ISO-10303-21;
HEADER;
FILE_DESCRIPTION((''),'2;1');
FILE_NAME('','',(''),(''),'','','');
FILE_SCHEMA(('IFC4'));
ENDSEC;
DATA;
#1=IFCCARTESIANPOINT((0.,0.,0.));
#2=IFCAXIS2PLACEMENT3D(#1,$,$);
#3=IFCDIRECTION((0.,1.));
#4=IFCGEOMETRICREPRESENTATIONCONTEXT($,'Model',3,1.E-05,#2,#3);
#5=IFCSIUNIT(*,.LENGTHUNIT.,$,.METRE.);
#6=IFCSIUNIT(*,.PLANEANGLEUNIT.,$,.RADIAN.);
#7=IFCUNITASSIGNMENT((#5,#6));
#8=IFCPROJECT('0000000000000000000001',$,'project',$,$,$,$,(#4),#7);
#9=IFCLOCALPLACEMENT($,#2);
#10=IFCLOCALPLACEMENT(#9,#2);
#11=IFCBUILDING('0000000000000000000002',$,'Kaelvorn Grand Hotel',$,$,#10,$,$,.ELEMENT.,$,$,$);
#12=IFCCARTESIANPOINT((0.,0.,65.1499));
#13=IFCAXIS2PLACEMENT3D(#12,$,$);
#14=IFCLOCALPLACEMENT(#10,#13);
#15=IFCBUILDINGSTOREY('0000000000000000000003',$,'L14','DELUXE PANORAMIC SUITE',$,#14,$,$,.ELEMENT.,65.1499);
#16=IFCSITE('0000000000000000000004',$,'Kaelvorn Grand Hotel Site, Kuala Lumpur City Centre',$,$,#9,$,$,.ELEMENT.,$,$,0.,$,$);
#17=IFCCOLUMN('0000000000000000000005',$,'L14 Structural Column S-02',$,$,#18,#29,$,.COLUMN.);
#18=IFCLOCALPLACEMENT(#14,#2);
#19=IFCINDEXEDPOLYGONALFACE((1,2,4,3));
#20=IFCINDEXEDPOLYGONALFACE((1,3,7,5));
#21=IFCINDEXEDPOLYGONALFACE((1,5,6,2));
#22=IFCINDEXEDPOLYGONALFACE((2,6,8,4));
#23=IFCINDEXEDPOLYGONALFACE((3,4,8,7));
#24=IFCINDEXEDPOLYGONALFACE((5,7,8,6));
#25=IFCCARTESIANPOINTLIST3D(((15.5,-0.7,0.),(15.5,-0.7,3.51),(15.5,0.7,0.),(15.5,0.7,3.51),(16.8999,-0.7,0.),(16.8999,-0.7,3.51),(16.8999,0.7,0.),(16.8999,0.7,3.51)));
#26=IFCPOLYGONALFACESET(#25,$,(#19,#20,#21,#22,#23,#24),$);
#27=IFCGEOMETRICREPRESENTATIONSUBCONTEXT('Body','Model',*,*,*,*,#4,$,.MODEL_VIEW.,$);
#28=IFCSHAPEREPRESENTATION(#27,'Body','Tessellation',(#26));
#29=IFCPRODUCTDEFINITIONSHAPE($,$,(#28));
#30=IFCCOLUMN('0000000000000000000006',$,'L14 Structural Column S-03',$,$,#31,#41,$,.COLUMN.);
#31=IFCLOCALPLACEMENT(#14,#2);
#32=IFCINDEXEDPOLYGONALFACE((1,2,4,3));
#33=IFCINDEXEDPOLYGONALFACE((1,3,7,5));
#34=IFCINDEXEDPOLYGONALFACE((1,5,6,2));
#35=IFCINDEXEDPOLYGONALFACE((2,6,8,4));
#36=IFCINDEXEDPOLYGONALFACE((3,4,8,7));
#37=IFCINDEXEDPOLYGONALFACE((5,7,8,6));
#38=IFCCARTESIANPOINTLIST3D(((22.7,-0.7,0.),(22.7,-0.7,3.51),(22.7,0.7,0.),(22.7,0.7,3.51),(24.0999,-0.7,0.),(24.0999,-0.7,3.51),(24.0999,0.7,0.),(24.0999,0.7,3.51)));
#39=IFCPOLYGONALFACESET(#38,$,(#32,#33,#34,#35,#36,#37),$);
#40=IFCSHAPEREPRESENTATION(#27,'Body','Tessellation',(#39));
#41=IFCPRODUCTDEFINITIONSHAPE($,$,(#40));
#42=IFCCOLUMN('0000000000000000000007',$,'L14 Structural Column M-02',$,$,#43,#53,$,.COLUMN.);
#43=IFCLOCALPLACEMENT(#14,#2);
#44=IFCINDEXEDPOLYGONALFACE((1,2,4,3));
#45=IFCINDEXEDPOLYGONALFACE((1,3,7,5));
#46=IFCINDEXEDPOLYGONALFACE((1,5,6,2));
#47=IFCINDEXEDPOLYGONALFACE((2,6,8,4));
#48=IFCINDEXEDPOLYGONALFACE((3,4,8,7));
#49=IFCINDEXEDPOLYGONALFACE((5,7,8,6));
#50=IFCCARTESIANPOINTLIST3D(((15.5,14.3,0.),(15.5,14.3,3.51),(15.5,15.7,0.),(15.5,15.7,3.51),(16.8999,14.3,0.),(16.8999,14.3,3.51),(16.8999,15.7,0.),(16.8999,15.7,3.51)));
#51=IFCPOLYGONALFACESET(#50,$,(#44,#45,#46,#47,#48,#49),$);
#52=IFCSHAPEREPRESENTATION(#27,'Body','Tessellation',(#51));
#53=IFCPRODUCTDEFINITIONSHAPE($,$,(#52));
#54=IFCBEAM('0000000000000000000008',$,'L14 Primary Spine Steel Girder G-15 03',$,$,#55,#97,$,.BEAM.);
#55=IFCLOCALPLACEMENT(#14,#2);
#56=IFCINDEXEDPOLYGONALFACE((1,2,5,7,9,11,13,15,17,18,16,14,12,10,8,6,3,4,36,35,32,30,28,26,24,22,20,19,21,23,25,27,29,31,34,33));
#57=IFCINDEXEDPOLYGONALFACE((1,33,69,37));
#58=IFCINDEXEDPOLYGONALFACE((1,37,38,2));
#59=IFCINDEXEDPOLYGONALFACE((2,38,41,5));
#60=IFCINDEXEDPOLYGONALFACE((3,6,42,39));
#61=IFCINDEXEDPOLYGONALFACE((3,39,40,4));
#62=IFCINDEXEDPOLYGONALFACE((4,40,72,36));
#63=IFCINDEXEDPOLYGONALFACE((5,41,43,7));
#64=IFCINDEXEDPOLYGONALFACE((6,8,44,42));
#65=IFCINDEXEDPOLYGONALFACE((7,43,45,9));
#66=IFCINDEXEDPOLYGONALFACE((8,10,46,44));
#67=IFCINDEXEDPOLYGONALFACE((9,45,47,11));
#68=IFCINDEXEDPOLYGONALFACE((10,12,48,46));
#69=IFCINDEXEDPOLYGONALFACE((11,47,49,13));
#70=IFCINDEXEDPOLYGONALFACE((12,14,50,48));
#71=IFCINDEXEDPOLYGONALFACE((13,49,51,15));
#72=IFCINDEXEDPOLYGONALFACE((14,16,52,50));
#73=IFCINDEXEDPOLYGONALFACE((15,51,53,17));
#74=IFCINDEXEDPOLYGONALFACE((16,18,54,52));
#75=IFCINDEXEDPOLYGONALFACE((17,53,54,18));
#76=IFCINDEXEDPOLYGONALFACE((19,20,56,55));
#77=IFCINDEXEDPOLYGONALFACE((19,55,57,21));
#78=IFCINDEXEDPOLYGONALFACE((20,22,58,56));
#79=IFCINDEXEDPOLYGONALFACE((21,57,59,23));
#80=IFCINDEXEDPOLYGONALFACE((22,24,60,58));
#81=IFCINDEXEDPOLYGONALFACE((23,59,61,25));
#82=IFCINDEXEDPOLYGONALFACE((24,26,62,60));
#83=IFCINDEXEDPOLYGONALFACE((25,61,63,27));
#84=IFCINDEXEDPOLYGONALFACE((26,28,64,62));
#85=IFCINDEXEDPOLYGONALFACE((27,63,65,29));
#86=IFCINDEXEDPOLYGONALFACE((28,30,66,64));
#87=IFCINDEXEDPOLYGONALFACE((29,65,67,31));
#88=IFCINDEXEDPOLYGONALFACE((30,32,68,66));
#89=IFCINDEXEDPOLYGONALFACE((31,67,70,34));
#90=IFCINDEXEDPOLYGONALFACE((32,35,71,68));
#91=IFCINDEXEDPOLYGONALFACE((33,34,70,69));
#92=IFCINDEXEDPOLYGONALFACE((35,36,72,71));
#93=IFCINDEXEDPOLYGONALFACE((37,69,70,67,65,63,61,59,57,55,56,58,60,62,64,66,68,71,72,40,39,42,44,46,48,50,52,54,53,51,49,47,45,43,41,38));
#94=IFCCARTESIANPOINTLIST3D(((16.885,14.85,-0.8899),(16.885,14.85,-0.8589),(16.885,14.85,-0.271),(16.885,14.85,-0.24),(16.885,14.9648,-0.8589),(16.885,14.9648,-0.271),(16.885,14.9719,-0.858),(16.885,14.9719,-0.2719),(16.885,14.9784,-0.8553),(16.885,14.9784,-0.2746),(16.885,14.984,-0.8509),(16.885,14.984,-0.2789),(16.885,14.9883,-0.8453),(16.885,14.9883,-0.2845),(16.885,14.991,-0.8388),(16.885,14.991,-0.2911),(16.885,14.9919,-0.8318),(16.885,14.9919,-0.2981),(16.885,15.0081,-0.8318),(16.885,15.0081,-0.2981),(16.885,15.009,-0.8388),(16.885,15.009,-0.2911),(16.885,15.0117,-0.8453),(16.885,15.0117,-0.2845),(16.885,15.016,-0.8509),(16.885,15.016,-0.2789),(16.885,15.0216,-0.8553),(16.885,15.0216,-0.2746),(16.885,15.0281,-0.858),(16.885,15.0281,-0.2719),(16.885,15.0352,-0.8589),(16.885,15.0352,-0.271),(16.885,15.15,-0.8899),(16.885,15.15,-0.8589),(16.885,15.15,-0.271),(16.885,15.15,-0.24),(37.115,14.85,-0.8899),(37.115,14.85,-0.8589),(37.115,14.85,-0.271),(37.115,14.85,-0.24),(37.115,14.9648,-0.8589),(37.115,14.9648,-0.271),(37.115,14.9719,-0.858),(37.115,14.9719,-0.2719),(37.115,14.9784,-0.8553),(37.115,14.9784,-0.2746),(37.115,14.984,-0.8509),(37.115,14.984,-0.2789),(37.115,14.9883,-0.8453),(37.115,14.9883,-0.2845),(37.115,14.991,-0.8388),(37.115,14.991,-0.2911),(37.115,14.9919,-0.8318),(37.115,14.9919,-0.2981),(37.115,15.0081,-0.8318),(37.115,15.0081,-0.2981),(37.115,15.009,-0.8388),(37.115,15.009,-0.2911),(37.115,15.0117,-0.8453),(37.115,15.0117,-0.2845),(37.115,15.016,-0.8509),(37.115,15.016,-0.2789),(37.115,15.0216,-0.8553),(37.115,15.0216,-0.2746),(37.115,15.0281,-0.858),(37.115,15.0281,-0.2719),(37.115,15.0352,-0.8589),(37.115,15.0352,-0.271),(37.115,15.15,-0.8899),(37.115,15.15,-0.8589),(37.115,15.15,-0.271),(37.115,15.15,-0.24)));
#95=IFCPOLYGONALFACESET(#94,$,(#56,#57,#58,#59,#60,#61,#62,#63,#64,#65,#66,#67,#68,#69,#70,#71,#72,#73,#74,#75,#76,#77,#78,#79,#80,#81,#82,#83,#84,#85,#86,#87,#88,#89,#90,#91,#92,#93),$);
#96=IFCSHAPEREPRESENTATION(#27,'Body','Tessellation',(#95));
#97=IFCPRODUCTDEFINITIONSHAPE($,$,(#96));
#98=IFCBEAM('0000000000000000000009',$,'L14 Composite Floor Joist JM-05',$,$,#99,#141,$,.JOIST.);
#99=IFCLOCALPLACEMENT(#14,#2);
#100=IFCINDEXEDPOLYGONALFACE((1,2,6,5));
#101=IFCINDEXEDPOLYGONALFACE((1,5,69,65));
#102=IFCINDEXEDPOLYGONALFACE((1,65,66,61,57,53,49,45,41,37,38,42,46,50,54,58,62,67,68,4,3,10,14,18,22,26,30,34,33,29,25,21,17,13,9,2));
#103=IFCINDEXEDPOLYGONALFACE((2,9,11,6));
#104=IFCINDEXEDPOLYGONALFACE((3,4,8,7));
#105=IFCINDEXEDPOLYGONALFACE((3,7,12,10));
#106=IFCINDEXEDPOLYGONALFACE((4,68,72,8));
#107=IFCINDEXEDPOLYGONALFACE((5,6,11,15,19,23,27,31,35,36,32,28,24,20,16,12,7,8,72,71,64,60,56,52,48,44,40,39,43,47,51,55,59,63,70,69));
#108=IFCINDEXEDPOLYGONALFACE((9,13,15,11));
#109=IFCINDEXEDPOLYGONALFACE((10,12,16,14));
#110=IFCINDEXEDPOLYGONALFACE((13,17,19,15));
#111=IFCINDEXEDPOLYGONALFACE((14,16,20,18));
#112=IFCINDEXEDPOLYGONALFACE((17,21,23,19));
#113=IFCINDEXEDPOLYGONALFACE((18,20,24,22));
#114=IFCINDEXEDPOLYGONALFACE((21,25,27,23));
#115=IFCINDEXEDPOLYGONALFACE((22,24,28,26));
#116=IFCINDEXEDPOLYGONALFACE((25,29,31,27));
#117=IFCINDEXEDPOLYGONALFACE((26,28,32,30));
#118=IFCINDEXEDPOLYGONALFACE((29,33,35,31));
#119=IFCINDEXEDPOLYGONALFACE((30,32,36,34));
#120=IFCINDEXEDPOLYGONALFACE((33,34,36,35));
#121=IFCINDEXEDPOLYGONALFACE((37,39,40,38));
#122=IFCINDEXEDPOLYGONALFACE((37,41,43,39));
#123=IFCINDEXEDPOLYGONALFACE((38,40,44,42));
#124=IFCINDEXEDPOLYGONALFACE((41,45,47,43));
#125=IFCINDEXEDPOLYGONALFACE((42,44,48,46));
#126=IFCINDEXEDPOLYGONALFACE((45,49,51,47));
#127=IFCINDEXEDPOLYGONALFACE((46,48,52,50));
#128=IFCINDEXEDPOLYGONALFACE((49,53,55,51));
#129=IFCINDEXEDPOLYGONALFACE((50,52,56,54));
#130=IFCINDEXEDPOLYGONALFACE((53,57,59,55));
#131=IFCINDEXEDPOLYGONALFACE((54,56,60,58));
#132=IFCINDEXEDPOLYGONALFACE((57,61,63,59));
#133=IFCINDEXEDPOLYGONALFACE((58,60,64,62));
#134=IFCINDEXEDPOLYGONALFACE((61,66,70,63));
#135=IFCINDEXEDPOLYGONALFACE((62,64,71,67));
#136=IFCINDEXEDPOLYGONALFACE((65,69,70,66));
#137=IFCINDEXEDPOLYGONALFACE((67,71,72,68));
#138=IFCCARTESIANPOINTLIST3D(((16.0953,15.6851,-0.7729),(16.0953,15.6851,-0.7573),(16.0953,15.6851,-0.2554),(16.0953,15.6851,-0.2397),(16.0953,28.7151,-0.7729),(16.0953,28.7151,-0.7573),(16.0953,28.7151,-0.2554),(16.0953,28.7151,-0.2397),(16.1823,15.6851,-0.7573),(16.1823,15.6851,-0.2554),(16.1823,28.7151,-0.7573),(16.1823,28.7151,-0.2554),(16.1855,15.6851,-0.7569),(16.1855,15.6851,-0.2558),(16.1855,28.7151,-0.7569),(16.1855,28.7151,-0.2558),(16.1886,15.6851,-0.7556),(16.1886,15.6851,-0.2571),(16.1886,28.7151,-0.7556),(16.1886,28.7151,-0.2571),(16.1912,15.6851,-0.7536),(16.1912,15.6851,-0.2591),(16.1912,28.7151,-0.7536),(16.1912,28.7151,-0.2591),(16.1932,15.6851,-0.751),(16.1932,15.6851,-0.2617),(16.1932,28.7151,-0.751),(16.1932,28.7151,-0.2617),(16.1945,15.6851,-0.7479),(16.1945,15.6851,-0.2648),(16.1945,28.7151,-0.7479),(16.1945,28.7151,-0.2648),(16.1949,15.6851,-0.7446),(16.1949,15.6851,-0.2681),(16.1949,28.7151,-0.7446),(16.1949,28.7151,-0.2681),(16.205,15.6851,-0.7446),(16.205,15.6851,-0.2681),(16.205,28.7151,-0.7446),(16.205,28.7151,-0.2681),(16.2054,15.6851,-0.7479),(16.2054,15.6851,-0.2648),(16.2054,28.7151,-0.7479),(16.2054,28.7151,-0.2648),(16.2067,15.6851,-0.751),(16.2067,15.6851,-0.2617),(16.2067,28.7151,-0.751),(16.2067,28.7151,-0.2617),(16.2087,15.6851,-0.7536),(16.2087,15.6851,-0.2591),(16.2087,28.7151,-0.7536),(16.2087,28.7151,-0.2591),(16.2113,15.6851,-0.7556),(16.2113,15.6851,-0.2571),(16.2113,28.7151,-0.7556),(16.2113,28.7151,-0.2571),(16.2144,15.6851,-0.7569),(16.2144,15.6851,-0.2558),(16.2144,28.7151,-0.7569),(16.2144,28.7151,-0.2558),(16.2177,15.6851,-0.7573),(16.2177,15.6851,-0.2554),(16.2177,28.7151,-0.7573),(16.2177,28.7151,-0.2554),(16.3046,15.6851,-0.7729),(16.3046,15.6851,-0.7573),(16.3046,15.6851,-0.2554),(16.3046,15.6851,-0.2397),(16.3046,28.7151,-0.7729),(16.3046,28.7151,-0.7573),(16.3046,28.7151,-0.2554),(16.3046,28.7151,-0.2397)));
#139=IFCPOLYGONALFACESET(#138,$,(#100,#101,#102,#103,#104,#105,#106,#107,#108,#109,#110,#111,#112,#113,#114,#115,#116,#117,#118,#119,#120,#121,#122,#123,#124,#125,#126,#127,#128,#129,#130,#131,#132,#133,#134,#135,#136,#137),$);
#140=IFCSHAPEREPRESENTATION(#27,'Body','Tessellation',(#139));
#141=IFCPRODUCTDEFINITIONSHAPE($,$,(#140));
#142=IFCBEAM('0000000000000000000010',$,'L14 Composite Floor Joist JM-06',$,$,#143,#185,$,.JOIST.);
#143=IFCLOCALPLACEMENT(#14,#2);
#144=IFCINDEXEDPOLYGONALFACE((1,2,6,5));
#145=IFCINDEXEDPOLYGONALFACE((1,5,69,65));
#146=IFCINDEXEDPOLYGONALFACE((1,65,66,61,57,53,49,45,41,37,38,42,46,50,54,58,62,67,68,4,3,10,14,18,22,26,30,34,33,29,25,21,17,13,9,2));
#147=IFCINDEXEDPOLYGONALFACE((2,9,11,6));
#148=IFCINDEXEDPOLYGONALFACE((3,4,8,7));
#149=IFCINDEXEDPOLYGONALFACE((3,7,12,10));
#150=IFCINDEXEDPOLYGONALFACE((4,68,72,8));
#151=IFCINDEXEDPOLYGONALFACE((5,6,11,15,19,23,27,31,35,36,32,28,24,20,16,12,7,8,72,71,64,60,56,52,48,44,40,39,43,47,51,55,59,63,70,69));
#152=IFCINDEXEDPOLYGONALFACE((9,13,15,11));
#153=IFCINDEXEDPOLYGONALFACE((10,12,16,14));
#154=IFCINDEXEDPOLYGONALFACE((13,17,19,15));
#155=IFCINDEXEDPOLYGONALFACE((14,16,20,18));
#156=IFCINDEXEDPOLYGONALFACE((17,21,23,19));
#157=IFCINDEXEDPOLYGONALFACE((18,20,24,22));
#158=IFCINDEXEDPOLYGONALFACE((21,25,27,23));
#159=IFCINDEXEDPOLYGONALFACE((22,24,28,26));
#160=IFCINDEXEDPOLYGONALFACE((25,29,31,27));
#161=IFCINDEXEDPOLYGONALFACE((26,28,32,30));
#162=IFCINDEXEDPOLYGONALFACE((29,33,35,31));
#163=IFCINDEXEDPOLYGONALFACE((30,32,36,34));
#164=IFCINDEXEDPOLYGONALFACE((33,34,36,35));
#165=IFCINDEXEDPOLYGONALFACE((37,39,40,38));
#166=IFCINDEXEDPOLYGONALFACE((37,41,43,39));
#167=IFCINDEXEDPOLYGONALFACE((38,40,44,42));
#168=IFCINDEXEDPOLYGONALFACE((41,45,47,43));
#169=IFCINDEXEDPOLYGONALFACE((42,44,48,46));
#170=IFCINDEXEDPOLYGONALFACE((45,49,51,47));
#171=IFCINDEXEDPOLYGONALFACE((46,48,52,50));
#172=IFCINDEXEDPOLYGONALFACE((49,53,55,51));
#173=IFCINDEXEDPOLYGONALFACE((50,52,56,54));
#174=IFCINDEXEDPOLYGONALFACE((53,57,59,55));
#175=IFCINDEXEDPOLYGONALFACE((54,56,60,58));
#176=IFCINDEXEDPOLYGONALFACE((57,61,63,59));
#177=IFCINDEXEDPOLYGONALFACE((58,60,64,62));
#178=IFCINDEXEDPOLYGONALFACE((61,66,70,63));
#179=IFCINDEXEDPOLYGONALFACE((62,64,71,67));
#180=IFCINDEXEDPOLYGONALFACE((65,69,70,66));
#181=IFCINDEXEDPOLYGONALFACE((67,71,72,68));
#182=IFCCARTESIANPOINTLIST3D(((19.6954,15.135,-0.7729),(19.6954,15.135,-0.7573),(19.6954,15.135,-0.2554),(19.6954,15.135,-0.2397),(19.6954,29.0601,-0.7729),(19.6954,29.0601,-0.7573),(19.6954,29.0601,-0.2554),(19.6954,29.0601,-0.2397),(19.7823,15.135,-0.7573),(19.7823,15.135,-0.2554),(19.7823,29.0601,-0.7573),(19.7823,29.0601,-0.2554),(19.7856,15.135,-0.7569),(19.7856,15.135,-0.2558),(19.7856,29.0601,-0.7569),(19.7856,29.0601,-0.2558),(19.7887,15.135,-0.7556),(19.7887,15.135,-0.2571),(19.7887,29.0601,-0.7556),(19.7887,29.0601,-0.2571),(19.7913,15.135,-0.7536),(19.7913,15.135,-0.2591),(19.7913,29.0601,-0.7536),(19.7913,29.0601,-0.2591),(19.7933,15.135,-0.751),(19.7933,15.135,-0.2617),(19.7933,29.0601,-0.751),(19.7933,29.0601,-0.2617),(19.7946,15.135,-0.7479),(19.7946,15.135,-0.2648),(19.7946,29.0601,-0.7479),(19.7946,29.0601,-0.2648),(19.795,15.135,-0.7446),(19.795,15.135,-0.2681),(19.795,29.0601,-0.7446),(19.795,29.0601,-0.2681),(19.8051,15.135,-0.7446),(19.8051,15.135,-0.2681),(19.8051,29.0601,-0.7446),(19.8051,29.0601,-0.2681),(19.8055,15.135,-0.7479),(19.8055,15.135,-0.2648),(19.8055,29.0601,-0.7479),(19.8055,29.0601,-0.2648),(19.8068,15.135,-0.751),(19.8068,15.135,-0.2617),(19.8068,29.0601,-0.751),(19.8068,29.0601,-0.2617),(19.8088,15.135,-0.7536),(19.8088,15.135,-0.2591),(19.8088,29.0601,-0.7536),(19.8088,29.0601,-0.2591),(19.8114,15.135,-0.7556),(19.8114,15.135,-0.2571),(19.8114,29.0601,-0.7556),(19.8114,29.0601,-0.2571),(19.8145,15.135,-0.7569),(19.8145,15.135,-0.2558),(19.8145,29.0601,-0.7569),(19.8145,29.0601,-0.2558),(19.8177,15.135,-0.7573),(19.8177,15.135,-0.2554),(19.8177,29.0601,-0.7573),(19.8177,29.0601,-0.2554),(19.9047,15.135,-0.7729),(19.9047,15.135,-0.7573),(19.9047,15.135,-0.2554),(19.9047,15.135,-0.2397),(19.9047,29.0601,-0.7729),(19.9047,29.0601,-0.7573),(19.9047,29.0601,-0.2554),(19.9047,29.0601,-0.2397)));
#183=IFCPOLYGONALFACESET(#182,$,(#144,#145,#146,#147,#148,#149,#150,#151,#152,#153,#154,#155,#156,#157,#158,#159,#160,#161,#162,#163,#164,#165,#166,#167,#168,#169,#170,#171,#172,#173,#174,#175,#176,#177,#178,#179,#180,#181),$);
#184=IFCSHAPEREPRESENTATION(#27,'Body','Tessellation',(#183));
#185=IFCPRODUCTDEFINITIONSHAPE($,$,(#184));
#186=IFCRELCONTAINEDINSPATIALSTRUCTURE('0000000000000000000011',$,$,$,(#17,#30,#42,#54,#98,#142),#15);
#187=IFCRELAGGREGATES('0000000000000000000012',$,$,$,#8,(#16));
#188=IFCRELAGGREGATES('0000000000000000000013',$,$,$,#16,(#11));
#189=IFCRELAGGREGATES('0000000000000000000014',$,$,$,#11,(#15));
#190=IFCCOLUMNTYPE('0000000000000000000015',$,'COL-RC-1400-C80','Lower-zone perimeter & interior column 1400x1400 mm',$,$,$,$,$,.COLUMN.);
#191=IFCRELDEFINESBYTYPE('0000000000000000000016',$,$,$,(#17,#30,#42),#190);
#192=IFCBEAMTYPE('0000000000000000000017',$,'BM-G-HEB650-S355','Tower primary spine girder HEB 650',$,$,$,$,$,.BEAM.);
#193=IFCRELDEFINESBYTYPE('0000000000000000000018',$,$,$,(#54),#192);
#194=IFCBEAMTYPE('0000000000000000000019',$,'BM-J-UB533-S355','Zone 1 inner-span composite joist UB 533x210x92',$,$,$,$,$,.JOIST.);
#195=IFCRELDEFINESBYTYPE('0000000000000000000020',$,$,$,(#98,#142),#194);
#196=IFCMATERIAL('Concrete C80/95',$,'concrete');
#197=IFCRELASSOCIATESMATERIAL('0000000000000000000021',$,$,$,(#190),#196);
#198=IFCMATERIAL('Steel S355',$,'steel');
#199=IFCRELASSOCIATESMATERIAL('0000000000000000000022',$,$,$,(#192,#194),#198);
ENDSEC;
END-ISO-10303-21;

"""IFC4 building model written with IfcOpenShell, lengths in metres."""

from ifc_helpers import new_model, si_unit, direction, frame, origin, origin_2d, place, context, subcontext, project, spatial, rectangle, i_section, extrude, material, material_profile, profile_set, type_object, element, save


model = new_model("IFC4")

# Units and contexts
model_context = context("Model", 3, precision=1e-05, world=origin(), true_north=direction((0.0, 1.0)))
body_context = subcontext(model_context, "Body", "Model", "MODEL_VIEW")
ifc_project = project(units=[si_unit("LENGTHUNIT", "METRE"), si_unit("PLANEANGLEUNIT", "RADIAN")], contexts=[model_context])

# Site, building, storey
site_placement = place(None, origin())
site = spatial("IfcSite", under=ifc_project, at=site_placement, Name="Kaelvorn Grand Hotel Site, Kuala Lumpur City Centre", CompositionType="ELEMENT", RefElevation=0.0)
building_placement = place(site_placement, origin())
building = spatial("IfcBuilding", under=site, at=building_placement, Name="Kaelvorn Grand Hotel", CompositionType="ELEMENT")
storey_placement = place(building_placement, frame((0.0, 0.0, 65.1499)))
storey = spatial("IfcBuildingStorey", under=building, at=storey_placement, Name="L14", Description="DELUXE PANORAMIC SUITE", CompositionType="ELEMENT", Elevation=65.1499)

# Columns
ifc_material_1 = material(Name="Concrete C80/95", Category="concrete")
ifc_material_profile_1 = material_profile(ifc_material_1, rectangle(XDim=1.3999, YDim=1.3999, at=origin_2d()), Name="RC COL 1400x1400")
ifc_profile_set_1 = profile_set([ifc_material_profile_1], Name="Concrete C80/95")
column_type = type_object("IfcColumnType", Name="COL-RC-1400-C80", Description="Lower-zone perimeter & interior column 1400x1400 mm", PredefinedType="COLUMN", material=ifc_profile_set_1)
for number, where, z_axis, x_axis, name in (
    (1, (16.2, 0.0, 0.0), (0.0, 0.0, 1.0), (1.0, 0.0, 0.0), "L14 Structural Column S-02"),
    (2, (23.3999, 0.0, 0.0), (0.0, 0.0, 1.0), (1.0, 0.0, 0.0), "L14 Structural Column S-03"),
    (3, (16.2, 15.0, 0.0), (0.0, 0.0, 1.0), (1.0, 0.0, 0.0), "L14 Structural Column M-02"),
):
    element("IfcColumn", number, at=place(storey_placement, frame(where, z_axis=z_axis, x_axis=x_axis)), inside=storey, type_object=column_type, Name=name, PredefinedType="COLUMN", context=body_context, shape_type="SweptSolid", body=[
        extrude(rectangle(XDim=1.3999, YDim=1.3999, at=origin_2d()), origin(), (0.0, 0.0, 1.0), 3.51),
    ])

# Beams
ifc_material_2 = material(Name="Steel S355", Category="steel")
ifc_material_profile_2 = material_profile(ifc_material_2, i_section(OverallWidth=0.3, OverallDepth=0.6499, WebThickness=0.0161, FlangeThickness=0.031, FilletRadius=0.0271, at=origin_2d()), Name="HEB 650")
ifc_profile_set_2 = profile_set([ifc_material_profile_2], Name="Steel S355")
beam_type_1 = type_object("IfcBeamType", Name="BM-G-HEB650-S355", Description="Tower primary spine girder HEB 650", PredefinedType="BEAM", material=ifc_profile_set_2)
beam_1_placement = place(storey_placement, frame((16.885, 15.0, -0.5649), z_axis=(1.0, 0.0, 0.0), x_axis=(0.0, 1.0, 0.0)))
element("IfcBeam", 4, at=beam_1_placement, inside=storey, type_object=beam_type_1, Name="L14 Primary Spine Steel Girder G-15 03", PredefinedType="BEAM", context=body_context, shape_type="SweptSolid", body=[
    extrude(i_section(OverallWidth=0.3, OverallDepth=0.6499, WebThickness=0.0161, FlangeThickness=0.031, FilletRadius=0.0271, at=origin_2d()), origin(), (0.0, 0.0, 1.0), 20.23),
])
ifc_material_profile_3 = material_profile(ifc_material_2, i_section(OverallWidth=0.2092, OverallDepth=0.5332, WebThickness=0.01, FlangeThickness=0.0156, FilletRadius=0.0127, at=origin_2d()), Name="UB 533x210x92")
ifc_profile_set_3 = profile_set([ifc_material_profile_3], Name="Steel S355")
beam_type_2 = type_object("IfcBeamType", Name="BM-J-UB533-S355", Description="Zone 1 inner-span composite joist UB 533x210x92", PredefinedType="JOIST", material=ifc_profile_set_3)
beam_2_placement = place(storey_placement, frame((16.2, 15.6851, -0.5063), z_axis=(0.0, 1.0, 0.0), x_axis=(-1.0, 0.0, 0.0)))
element("IfcBeam", 5, at=beam_2_placement, inside=storey, type_object=beam_type_2, Name="L14 Composite Floor Joist JM-05", PredefinedType="JOIST", context=body_context, shape_type="SweptSolid", body=[
    extrude(i_section(OverallWidth=0.2092, OverallDepth=0.5332, WebThickness=0.01, FlangeThickness=0.0156, FilletRadius=0.0127, at=origin_2d()), origin(), (0.0, 0.0, 1.0), 13.03),
])
beam_3_placement = place(storey_placement, frame((19.8, 15.135, -0.5063), z_axis=(0.0, 1.0, 0.0), x_axis=(-1.0, 0.0, 0.0)))
element("IfcBeam", 6, at=beam_3_placement, inside=storey, type_object=beam_type_2, Name="L14 Composite Floor Joist JM-06", PredefinedType="JOIST", context=body_context, shape_type="SweptSolid", body=[
    extrude(i_section(OverallWidth=0.2092, OverallDepth=0.5332, WebThickness=0.01, FlangeThickness=0.0156, FilletRadius=0.0127, at=origin_2d()), origin(), (0.0, 0.0, 1.0), 13.925),
])

save(model, "model.ifc")
